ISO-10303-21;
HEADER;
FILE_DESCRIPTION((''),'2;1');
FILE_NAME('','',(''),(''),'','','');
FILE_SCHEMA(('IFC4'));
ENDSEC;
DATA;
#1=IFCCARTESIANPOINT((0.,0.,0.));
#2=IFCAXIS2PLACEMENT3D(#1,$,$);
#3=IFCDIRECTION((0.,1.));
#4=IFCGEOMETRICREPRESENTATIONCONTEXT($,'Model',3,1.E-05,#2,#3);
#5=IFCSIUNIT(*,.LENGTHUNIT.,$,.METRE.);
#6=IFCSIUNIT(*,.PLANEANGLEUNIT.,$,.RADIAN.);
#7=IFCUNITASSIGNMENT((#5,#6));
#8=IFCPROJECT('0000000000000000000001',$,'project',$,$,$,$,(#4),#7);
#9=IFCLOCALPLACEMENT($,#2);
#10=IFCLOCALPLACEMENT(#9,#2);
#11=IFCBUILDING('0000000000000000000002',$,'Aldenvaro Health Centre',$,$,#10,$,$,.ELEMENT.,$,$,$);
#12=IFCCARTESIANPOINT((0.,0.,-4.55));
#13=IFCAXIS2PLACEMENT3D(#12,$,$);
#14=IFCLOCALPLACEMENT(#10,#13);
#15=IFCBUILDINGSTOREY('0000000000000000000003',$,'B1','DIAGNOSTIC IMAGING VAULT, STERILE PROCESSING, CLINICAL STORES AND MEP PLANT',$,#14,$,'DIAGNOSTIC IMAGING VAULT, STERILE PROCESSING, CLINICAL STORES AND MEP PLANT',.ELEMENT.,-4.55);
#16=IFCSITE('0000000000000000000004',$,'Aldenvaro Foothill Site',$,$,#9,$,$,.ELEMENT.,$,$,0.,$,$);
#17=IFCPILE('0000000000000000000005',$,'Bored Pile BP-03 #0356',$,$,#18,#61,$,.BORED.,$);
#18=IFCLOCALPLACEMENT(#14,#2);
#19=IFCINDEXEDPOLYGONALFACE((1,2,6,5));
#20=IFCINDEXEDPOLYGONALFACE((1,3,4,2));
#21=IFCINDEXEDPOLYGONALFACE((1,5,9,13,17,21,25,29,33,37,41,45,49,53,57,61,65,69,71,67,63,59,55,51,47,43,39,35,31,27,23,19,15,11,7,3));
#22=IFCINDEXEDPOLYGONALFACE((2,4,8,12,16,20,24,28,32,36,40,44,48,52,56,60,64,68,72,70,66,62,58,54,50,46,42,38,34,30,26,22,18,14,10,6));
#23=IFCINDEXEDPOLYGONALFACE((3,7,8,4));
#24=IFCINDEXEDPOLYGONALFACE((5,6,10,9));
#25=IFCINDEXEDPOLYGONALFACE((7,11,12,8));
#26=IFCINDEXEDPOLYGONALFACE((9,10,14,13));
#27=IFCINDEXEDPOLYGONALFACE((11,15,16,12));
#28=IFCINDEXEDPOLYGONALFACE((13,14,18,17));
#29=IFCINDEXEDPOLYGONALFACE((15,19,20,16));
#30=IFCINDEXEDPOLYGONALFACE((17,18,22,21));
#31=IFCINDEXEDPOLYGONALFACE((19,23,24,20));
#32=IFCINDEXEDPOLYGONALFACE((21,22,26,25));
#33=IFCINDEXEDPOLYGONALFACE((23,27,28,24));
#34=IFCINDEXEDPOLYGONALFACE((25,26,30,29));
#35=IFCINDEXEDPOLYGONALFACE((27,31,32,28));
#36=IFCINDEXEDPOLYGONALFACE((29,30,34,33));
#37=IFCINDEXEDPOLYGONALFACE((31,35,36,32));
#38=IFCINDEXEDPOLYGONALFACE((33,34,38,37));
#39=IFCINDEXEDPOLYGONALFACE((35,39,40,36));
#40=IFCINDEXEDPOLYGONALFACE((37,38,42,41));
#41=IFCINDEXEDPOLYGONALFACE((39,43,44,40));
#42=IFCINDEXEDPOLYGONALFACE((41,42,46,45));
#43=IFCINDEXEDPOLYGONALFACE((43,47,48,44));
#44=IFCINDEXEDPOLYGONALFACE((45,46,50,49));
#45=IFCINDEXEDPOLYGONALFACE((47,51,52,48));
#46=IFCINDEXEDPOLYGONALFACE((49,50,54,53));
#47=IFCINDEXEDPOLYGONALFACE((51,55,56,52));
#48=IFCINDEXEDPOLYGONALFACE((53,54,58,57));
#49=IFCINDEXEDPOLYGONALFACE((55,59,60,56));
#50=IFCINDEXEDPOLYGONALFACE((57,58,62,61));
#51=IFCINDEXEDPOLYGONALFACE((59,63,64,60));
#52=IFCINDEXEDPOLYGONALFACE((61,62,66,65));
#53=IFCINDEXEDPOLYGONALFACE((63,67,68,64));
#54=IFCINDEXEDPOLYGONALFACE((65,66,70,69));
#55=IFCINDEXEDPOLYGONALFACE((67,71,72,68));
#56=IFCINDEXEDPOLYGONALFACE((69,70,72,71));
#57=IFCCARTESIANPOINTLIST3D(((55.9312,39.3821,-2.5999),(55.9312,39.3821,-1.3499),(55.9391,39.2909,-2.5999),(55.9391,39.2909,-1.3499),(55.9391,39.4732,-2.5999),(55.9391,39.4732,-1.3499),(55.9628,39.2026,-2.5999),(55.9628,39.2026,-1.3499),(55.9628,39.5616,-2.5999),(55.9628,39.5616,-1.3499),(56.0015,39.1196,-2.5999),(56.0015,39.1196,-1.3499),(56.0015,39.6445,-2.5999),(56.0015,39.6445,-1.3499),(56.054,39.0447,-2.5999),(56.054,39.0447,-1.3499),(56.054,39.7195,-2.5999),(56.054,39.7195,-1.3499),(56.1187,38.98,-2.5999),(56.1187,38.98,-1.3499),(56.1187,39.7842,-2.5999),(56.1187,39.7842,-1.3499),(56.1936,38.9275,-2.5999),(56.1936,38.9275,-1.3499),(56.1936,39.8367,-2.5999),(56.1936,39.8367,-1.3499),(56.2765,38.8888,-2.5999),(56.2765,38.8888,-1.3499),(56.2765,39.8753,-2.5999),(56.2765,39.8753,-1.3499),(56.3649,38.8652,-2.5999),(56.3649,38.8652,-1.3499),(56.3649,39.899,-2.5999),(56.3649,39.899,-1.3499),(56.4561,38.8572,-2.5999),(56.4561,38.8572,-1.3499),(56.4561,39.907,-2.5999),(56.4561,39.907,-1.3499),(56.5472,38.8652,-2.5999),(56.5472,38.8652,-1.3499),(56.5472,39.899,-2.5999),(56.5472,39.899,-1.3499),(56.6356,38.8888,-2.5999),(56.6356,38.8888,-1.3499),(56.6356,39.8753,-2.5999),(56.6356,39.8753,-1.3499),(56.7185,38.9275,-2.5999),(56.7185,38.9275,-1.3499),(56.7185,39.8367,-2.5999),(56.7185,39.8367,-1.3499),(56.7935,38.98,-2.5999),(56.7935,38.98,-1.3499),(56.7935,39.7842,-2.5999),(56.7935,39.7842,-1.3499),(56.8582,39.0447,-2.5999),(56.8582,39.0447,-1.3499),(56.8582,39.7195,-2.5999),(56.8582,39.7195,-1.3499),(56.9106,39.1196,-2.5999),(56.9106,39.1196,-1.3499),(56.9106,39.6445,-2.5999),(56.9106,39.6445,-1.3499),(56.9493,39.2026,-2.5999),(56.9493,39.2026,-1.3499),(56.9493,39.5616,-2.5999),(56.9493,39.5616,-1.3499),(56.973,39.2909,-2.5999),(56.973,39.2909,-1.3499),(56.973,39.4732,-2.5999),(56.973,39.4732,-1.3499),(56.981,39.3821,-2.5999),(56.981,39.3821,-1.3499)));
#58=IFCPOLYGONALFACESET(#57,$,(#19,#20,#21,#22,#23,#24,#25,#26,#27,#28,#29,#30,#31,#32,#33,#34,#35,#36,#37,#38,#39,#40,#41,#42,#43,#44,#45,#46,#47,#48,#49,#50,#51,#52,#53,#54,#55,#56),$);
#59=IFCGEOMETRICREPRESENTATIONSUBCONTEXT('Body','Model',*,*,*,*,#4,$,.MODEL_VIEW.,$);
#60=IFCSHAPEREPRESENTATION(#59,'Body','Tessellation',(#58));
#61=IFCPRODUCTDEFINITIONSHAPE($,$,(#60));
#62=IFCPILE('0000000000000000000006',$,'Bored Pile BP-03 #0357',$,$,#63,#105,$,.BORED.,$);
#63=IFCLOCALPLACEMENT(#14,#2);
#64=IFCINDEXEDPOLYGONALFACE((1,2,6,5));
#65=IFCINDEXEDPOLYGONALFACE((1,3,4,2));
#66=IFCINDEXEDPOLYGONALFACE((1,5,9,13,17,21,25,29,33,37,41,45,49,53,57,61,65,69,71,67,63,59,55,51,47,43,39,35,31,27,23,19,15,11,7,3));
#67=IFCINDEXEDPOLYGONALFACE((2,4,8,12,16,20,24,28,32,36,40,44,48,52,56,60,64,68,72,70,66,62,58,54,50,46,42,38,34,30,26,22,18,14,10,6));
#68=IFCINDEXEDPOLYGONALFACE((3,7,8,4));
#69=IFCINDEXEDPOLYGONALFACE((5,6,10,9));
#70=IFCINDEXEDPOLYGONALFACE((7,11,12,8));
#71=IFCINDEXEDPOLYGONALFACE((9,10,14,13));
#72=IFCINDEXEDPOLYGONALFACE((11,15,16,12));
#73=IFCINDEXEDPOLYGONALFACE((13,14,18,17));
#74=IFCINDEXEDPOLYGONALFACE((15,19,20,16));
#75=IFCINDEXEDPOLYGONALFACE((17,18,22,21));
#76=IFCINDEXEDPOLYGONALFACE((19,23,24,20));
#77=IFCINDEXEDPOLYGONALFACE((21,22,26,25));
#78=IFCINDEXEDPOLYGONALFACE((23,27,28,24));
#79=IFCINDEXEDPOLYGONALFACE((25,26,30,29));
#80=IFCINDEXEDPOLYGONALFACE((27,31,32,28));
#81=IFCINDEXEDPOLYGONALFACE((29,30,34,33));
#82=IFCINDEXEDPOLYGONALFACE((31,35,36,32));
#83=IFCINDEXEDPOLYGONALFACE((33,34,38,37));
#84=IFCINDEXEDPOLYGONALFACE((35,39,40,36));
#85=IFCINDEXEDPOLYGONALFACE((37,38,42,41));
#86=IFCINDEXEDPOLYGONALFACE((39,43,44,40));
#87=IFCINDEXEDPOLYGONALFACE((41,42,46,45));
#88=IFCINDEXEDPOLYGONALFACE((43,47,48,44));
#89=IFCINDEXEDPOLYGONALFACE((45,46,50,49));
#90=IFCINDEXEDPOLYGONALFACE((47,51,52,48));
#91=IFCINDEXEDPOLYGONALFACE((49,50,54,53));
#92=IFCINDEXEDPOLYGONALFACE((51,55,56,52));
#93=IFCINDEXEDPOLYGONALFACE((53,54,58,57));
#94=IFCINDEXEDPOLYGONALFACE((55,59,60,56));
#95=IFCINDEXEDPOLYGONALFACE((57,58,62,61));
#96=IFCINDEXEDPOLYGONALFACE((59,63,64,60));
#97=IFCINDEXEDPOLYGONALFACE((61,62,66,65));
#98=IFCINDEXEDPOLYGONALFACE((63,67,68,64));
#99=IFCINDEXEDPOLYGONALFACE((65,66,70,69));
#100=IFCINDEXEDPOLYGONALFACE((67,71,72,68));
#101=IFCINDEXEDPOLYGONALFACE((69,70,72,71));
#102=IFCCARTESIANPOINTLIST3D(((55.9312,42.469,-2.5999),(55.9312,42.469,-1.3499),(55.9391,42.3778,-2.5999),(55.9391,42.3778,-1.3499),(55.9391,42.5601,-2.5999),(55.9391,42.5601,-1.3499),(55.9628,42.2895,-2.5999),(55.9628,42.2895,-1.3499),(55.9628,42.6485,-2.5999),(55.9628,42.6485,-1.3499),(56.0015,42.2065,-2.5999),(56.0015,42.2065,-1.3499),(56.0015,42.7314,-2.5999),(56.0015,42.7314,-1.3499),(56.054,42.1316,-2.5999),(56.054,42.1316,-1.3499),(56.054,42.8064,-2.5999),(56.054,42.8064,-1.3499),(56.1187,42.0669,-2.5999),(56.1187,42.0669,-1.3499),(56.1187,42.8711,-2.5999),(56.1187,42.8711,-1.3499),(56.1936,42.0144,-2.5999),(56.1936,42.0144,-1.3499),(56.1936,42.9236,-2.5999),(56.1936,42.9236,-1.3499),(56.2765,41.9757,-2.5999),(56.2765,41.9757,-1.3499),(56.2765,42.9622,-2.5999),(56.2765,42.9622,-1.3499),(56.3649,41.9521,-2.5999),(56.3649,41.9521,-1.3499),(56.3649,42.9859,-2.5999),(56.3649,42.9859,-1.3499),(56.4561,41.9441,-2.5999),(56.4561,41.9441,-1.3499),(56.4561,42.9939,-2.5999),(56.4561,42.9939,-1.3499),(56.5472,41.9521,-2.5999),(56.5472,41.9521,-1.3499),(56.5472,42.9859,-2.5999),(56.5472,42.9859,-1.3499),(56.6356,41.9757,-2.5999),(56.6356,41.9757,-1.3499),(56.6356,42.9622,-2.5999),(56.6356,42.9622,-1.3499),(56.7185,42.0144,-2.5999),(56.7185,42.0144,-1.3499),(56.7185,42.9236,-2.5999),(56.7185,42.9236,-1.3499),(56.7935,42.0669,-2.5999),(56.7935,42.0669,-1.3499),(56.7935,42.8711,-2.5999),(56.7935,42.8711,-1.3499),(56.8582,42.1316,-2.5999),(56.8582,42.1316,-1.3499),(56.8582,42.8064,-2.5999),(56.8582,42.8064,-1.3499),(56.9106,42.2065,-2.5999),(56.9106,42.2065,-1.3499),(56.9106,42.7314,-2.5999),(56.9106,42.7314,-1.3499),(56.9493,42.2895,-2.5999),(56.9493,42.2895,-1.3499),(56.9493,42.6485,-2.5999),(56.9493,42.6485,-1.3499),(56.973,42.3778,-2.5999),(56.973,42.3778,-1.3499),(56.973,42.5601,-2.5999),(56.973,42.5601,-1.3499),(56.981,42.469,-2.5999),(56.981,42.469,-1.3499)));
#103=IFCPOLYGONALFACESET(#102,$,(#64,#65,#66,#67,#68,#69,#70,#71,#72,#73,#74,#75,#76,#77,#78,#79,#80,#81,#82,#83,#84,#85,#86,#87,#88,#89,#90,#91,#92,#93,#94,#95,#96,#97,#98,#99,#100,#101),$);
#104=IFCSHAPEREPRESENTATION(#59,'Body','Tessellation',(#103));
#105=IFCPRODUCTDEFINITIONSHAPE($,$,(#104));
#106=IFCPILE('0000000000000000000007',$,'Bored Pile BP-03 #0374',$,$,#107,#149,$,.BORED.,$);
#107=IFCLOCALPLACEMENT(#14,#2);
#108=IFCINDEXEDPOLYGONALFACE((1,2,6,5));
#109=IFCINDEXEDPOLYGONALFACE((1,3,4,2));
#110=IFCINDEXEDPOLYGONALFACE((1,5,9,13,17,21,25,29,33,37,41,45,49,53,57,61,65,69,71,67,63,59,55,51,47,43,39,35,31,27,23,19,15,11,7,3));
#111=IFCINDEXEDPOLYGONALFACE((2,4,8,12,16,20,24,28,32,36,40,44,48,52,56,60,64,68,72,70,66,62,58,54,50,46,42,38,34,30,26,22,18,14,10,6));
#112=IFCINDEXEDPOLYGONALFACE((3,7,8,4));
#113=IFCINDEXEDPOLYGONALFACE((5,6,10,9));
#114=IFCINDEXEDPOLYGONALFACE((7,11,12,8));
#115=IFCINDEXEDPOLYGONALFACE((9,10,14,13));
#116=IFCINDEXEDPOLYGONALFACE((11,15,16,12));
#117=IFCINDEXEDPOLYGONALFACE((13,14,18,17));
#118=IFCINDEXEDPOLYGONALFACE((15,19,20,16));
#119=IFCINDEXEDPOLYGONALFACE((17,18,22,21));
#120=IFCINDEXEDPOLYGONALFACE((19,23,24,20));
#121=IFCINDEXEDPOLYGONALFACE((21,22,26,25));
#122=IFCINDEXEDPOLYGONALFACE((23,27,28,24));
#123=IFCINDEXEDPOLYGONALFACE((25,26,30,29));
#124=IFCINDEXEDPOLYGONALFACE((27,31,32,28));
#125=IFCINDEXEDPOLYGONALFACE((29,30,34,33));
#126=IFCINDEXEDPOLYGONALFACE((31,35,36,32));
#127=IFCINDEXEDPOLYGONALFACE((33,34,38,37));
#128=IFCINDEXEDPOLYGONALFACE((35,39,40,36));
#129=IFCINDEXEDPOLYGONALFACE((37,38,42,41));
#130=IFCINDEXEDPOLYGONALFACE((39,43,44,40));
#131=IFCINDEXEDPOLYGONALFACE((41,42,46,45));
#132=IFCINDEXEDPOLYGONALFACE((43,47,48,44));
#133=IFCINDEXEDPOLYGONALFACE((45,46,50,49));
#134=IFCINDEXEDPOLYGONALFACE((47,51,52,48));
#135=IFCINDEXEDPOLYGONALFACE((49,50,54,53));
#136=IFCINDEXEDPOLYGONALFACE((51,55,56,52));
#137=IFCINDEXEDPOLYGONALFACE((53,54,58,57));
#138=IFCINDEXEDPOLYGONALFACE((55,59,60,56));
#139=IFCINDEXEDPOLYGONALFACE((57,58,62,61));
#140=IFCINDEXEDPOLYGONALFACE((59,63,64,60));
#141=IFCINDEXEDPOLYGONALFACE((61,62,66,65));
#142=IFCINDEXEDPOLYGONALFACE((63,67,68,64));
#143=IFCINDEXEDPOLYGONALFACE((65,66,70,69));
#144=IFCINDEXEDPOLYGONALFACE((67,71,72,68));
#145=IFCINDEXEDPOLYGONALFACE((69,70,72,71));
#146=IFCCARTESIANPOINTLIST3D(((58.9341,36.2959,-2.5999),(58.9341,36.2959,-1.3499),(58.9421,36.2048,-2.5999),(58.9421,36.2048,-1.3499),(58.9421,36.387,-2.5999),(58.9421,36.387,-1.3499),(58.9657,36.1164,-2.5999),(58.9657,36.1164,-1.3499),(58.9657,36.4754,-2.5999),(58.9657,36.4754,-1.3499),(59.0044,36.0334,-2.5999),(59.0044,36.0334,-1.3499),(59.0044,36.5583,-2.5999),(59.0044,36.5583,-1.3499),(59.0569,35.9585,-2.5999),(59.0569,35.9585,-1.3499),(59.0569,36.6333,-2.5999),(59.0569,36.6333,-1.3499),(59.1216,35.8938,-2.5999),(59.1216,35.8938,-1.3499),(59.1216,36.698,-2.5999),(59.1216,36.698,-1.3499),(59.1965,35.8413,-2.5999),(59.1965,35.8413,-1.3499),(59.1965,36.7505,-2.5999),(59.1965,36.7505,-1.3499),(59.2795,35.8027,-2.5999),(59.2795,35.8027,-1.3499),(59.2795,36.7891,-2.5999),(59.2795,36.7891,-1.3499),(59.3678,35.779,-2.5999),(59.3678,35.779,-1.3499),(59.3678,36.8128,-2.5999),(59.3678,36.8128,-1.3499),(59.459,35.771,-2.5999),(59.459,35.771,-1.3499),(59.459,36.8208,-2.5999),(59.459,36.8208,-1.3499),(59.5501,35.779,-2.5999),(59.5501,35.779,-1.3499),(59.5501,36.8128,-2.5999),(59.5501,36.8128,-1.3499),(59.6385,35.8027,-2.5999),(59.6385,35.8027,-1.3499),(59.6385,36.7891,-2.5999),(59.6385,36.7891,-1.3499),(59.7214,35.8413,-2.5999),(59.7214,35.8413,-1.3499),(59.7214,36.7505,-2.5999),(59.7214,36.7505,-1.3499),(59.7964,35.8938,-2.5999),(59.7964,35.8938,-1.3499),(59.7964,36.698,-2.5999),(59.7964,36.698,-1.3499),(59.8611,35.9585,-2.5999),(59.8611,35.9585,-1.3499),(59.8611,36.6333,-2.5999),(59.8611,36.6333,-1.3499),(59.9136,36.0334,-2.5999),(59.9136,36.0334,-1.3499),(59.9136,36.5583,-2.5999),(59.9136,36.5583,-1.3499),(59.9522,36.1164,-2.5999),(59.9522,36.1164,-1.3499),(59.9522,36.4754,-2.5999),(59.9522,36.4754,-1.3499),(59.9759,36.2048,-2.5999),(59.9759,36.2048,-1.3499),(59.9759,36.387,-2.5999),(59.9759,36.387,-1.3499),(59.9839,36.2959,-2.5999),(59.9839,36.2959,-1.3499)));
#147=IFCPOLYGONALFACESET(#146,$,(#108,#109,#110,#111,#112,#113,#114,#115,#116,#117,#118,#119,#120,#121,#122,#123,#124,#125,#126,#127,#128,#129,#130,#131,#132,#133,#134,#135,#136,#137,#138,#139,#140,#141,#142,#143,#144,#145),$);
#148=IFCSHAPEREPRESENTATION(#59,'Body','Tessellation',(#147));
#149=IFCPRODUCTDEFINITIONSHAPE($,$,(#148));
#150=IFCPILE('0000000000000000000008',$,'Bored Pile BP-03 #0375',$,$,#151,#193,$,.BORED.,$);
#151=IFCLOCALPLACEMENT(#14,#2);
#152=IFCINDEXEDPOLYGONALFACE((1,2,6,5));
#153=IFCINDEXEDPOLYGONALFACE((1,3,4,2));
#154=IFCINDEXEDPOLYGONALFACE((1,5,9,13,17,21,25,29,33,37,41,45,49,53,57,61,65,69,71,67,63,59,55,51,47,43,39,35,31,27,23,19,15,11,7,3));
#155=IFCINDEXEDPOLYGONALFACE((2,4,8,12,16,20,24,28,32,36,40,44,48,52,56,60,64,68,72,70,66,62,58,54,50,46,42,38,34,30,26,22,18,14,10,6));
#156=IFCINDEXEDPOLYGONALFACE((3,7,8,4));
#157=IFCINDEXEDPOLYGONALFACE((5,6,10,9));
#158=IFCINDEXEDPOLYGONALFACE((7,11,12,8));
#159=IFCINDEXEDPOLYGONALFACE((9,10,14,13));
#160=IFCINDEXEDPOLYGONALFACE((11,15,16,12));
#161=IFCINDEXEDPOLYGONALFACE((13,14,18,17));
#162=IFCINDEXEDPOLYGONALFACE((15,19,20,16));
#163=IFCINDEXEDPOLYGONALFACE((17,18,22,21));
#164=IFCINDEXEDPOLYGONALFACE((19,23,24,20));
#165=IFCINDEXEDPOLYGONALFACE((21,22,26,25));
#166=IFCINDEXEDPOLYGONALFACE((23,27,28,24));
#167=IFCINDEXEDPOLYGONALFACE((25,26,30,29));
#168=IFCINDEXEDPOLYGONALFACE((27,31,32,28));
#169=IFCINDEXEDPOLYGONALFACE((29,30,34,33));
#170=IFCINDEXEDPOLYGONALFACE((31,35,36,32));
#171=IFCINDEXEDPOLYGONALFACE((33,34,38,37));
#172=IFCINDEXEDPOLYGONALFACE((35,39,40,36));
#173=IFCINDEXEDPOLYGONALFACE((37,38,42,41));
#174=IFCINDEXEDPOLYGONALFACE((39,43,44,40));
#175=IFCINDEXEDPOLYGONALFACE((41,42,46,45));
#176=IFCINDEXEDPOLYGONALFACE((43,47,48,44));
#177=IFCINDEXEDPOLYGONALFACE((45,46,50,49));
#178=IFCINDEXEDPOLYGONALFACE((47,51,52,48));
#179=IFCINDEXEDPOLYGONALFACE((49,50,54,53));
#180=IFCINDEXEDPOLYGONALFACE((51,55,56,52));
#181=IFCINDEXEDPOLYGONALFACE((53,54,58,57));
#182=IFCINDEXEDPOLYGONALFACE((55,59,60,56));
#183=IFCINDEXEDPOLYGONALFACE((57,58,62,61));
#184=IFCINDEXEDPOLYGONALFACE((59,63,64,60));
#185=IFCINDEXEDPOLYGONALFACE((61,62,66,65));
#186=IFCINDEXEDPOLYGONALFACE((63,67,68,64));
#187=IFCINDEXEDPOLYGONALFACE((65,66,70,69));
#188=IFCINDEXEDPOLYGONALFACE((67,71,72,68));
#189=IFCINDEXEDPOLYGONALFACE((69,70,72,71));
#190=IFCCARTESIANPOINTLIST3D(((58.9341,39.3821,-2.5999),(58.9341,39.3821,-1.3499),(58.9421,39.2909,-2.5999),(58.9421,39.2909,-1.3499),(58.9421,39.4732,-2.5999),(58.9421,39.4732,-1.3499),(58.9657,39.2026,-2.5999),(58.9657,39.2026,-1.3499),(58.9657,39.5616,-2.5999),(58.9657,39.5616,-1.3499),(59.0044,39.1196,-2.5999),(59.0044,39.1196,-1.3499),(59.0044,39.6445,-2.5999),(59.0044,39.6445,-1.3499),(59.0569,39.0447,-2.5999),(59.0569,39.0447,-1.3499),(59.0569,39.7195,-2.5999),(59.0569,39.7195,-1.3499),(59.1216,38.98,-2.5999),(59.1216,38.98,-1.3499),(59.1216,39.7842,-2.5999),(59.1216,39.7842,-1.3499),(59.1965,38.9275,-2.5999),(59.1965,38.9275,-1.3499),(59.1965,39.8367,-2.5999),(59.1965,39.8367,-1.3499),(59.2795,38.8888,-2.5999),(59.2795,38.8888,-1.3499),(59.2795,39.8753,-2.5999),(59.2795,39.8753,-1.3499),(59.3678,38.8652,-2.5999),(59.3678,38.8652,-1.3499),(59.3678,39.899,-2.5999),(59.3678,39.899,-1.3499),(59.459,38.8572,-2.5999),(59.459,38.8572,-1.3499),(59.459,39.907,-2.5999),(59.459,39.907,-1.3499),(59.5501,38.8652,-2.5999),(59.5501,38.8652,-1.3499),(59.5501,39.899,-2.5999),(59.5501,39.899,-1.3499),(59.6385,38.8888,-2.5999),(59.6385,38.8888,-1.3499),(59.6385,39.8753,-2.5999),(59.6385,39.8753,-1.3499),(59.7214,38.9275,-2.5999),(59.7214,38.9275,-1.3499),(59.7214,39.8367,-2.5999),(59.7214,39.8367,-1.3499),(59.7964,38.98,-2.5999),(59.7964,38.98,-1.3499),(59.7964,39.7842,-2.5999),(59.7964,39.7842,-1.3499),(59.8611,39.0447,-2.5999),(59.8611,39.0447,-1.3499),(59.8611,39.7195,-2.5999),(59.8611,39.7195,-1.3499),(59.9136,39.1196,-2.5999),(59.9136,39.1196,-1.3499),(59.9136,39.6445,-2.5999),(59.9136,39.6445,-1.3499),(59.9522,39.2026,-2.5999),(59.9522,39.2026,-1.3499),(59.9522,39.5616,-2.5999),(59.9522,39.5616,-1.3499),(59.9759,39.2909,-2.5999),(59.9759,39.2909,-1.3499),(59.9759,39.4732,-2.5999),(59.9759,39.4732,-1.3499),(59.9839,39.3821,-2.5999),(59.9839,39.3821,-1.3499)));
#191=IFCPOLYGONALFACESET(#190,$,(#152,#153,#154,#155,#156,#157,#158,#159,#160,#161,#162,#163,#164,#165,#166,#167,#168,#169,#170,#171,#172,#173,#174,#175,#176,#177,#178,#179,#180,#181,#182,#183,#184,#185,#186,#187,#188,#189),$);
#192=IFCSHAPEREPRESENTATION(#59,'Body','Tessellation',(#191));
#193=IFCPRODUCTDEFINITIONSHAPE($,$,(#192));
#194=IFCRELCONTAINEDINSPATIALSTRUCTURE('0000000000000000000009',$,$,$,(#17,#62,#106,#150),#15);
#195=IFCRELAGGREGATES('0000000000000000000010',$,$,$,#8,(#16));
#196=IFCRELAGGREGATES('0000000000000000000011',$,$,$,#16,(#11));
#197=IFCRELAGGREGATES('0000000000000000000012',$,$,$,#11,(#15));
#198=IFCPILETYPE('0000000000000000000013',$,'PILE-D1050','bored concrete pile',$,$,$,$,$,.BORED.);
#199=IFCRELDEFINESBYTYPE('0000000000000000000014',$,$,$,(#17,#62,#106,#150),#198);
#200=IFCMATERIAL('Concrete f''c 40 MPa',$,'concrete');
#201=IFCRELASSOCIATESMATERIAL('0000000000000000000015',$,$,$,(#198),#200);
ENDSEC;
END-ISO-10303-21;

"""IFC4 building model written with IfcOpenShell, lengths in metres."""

from ifc_helpers import new_model, si_unit, direction, frame, origin, origin_2d, place, context, subcontext, project, spatial, circle, extrude, material, material_profile, profile_set, type_object, element, save


model = new_model("IFC4")

# Units and contexts
model_context = context("Model", 3, precision=1e-05, world=origin(), true_north=direction((0.0, 1.0)))
body_context = subcontext(model_context, "Body", "Model", "MODEL_VIEW")
ifc_project = project(units=[si_unit("LENGTHUNIT", "METRE"), si_unit("PLANEANGLEUNIT", "RADIAN")], contexts=[model_context])

# Site, building, storey
site_placement = place(None, origin())
site = spatial("IfcSite", under=ifc_project, at=site_placement, Name="Aldenvaro Foothill Site", CompositionType="ELEMENT", RefElevation=0.0)
building_placement = place(site_placement, origin())
building = spatial("IfcBuilding", under=site, at=building_placement, Name="Aldenvaro Health Centre", CompositionType="ELEMENT")
storey_placement = place(building_placement, frame((0.0, 0.0, -4.55)))
storey = spatial("IfcBuildingStorey", under=building, at=storey_placement, Name="B1", Description="DIAGNOSTIC IMAGING VAULT, STERILE PROCESSING, CLINICAL STORES AND MEP PLANT", LongName="DIAGNOSTIC IMAGING VAULT, STERILE PROCESSING, CLINICAL STORES AND MEP PLANT", CompositionType="ELEMENT", Elevation=-4.55)

# Piles
ifc_material = material(Name="Concrete f'c 40 MPa", Category="concrete")
ifc_material_profile = material_profile(ifc_material, circle(Radius=0.5249, at=origin_2d()), Name="PILE D1050", Category="concrete")
ifc_profile_set = profile_set([ifc_material_profile], Name="Concrete f'c 40 MPa")
pile_type = type_object("IfcPileType", Name="PILE-D1050", Description="bored concrete pile", PredefinedType="BORED", material=ifc_profile_set)
for number, where, z_axis, x_axis, name in (
    (1, (56.4561, 39.3821, -1.3499), (0.0, 0.0, -1.0), (1.0, 0.0, 0.0), "Bored Pile BP-03 #0356"),
    (2, (56.4561, 42.469, -1.3499), (0.0, 0.0, -1.0), (1.0, 0.0, 0.0), "Bored Pile BP-03 #0357"),
    (3, (59.459, 36.2959, -1.3499), (0.0, 0.0, -1.0), (1.0, 0.0, 0.0), "Bored Pile BP-03 #0374"),
    (4, (59.459, 39.3821, -1.3499), (0.0, 0.0, -1.0), (1.0, 0.0, 0.0), "Bored Pile BP-03 #0375"),
):
    element("IfcPile", number, at=place(storey_placement, frame(where, z_axis=z_axis, x_axis=x_axis)), inside=storey, type_object=pile_type, Name=name, PredefinedType="BORED", context=body_context, shape_type="SweptSolid", body=[
        extrude(circle(Radius=0.5249, at=origin_2d()), origin(), (0.0, 0.0, 1.0), 1.25),
    ])

save(model, "model.ifc")
